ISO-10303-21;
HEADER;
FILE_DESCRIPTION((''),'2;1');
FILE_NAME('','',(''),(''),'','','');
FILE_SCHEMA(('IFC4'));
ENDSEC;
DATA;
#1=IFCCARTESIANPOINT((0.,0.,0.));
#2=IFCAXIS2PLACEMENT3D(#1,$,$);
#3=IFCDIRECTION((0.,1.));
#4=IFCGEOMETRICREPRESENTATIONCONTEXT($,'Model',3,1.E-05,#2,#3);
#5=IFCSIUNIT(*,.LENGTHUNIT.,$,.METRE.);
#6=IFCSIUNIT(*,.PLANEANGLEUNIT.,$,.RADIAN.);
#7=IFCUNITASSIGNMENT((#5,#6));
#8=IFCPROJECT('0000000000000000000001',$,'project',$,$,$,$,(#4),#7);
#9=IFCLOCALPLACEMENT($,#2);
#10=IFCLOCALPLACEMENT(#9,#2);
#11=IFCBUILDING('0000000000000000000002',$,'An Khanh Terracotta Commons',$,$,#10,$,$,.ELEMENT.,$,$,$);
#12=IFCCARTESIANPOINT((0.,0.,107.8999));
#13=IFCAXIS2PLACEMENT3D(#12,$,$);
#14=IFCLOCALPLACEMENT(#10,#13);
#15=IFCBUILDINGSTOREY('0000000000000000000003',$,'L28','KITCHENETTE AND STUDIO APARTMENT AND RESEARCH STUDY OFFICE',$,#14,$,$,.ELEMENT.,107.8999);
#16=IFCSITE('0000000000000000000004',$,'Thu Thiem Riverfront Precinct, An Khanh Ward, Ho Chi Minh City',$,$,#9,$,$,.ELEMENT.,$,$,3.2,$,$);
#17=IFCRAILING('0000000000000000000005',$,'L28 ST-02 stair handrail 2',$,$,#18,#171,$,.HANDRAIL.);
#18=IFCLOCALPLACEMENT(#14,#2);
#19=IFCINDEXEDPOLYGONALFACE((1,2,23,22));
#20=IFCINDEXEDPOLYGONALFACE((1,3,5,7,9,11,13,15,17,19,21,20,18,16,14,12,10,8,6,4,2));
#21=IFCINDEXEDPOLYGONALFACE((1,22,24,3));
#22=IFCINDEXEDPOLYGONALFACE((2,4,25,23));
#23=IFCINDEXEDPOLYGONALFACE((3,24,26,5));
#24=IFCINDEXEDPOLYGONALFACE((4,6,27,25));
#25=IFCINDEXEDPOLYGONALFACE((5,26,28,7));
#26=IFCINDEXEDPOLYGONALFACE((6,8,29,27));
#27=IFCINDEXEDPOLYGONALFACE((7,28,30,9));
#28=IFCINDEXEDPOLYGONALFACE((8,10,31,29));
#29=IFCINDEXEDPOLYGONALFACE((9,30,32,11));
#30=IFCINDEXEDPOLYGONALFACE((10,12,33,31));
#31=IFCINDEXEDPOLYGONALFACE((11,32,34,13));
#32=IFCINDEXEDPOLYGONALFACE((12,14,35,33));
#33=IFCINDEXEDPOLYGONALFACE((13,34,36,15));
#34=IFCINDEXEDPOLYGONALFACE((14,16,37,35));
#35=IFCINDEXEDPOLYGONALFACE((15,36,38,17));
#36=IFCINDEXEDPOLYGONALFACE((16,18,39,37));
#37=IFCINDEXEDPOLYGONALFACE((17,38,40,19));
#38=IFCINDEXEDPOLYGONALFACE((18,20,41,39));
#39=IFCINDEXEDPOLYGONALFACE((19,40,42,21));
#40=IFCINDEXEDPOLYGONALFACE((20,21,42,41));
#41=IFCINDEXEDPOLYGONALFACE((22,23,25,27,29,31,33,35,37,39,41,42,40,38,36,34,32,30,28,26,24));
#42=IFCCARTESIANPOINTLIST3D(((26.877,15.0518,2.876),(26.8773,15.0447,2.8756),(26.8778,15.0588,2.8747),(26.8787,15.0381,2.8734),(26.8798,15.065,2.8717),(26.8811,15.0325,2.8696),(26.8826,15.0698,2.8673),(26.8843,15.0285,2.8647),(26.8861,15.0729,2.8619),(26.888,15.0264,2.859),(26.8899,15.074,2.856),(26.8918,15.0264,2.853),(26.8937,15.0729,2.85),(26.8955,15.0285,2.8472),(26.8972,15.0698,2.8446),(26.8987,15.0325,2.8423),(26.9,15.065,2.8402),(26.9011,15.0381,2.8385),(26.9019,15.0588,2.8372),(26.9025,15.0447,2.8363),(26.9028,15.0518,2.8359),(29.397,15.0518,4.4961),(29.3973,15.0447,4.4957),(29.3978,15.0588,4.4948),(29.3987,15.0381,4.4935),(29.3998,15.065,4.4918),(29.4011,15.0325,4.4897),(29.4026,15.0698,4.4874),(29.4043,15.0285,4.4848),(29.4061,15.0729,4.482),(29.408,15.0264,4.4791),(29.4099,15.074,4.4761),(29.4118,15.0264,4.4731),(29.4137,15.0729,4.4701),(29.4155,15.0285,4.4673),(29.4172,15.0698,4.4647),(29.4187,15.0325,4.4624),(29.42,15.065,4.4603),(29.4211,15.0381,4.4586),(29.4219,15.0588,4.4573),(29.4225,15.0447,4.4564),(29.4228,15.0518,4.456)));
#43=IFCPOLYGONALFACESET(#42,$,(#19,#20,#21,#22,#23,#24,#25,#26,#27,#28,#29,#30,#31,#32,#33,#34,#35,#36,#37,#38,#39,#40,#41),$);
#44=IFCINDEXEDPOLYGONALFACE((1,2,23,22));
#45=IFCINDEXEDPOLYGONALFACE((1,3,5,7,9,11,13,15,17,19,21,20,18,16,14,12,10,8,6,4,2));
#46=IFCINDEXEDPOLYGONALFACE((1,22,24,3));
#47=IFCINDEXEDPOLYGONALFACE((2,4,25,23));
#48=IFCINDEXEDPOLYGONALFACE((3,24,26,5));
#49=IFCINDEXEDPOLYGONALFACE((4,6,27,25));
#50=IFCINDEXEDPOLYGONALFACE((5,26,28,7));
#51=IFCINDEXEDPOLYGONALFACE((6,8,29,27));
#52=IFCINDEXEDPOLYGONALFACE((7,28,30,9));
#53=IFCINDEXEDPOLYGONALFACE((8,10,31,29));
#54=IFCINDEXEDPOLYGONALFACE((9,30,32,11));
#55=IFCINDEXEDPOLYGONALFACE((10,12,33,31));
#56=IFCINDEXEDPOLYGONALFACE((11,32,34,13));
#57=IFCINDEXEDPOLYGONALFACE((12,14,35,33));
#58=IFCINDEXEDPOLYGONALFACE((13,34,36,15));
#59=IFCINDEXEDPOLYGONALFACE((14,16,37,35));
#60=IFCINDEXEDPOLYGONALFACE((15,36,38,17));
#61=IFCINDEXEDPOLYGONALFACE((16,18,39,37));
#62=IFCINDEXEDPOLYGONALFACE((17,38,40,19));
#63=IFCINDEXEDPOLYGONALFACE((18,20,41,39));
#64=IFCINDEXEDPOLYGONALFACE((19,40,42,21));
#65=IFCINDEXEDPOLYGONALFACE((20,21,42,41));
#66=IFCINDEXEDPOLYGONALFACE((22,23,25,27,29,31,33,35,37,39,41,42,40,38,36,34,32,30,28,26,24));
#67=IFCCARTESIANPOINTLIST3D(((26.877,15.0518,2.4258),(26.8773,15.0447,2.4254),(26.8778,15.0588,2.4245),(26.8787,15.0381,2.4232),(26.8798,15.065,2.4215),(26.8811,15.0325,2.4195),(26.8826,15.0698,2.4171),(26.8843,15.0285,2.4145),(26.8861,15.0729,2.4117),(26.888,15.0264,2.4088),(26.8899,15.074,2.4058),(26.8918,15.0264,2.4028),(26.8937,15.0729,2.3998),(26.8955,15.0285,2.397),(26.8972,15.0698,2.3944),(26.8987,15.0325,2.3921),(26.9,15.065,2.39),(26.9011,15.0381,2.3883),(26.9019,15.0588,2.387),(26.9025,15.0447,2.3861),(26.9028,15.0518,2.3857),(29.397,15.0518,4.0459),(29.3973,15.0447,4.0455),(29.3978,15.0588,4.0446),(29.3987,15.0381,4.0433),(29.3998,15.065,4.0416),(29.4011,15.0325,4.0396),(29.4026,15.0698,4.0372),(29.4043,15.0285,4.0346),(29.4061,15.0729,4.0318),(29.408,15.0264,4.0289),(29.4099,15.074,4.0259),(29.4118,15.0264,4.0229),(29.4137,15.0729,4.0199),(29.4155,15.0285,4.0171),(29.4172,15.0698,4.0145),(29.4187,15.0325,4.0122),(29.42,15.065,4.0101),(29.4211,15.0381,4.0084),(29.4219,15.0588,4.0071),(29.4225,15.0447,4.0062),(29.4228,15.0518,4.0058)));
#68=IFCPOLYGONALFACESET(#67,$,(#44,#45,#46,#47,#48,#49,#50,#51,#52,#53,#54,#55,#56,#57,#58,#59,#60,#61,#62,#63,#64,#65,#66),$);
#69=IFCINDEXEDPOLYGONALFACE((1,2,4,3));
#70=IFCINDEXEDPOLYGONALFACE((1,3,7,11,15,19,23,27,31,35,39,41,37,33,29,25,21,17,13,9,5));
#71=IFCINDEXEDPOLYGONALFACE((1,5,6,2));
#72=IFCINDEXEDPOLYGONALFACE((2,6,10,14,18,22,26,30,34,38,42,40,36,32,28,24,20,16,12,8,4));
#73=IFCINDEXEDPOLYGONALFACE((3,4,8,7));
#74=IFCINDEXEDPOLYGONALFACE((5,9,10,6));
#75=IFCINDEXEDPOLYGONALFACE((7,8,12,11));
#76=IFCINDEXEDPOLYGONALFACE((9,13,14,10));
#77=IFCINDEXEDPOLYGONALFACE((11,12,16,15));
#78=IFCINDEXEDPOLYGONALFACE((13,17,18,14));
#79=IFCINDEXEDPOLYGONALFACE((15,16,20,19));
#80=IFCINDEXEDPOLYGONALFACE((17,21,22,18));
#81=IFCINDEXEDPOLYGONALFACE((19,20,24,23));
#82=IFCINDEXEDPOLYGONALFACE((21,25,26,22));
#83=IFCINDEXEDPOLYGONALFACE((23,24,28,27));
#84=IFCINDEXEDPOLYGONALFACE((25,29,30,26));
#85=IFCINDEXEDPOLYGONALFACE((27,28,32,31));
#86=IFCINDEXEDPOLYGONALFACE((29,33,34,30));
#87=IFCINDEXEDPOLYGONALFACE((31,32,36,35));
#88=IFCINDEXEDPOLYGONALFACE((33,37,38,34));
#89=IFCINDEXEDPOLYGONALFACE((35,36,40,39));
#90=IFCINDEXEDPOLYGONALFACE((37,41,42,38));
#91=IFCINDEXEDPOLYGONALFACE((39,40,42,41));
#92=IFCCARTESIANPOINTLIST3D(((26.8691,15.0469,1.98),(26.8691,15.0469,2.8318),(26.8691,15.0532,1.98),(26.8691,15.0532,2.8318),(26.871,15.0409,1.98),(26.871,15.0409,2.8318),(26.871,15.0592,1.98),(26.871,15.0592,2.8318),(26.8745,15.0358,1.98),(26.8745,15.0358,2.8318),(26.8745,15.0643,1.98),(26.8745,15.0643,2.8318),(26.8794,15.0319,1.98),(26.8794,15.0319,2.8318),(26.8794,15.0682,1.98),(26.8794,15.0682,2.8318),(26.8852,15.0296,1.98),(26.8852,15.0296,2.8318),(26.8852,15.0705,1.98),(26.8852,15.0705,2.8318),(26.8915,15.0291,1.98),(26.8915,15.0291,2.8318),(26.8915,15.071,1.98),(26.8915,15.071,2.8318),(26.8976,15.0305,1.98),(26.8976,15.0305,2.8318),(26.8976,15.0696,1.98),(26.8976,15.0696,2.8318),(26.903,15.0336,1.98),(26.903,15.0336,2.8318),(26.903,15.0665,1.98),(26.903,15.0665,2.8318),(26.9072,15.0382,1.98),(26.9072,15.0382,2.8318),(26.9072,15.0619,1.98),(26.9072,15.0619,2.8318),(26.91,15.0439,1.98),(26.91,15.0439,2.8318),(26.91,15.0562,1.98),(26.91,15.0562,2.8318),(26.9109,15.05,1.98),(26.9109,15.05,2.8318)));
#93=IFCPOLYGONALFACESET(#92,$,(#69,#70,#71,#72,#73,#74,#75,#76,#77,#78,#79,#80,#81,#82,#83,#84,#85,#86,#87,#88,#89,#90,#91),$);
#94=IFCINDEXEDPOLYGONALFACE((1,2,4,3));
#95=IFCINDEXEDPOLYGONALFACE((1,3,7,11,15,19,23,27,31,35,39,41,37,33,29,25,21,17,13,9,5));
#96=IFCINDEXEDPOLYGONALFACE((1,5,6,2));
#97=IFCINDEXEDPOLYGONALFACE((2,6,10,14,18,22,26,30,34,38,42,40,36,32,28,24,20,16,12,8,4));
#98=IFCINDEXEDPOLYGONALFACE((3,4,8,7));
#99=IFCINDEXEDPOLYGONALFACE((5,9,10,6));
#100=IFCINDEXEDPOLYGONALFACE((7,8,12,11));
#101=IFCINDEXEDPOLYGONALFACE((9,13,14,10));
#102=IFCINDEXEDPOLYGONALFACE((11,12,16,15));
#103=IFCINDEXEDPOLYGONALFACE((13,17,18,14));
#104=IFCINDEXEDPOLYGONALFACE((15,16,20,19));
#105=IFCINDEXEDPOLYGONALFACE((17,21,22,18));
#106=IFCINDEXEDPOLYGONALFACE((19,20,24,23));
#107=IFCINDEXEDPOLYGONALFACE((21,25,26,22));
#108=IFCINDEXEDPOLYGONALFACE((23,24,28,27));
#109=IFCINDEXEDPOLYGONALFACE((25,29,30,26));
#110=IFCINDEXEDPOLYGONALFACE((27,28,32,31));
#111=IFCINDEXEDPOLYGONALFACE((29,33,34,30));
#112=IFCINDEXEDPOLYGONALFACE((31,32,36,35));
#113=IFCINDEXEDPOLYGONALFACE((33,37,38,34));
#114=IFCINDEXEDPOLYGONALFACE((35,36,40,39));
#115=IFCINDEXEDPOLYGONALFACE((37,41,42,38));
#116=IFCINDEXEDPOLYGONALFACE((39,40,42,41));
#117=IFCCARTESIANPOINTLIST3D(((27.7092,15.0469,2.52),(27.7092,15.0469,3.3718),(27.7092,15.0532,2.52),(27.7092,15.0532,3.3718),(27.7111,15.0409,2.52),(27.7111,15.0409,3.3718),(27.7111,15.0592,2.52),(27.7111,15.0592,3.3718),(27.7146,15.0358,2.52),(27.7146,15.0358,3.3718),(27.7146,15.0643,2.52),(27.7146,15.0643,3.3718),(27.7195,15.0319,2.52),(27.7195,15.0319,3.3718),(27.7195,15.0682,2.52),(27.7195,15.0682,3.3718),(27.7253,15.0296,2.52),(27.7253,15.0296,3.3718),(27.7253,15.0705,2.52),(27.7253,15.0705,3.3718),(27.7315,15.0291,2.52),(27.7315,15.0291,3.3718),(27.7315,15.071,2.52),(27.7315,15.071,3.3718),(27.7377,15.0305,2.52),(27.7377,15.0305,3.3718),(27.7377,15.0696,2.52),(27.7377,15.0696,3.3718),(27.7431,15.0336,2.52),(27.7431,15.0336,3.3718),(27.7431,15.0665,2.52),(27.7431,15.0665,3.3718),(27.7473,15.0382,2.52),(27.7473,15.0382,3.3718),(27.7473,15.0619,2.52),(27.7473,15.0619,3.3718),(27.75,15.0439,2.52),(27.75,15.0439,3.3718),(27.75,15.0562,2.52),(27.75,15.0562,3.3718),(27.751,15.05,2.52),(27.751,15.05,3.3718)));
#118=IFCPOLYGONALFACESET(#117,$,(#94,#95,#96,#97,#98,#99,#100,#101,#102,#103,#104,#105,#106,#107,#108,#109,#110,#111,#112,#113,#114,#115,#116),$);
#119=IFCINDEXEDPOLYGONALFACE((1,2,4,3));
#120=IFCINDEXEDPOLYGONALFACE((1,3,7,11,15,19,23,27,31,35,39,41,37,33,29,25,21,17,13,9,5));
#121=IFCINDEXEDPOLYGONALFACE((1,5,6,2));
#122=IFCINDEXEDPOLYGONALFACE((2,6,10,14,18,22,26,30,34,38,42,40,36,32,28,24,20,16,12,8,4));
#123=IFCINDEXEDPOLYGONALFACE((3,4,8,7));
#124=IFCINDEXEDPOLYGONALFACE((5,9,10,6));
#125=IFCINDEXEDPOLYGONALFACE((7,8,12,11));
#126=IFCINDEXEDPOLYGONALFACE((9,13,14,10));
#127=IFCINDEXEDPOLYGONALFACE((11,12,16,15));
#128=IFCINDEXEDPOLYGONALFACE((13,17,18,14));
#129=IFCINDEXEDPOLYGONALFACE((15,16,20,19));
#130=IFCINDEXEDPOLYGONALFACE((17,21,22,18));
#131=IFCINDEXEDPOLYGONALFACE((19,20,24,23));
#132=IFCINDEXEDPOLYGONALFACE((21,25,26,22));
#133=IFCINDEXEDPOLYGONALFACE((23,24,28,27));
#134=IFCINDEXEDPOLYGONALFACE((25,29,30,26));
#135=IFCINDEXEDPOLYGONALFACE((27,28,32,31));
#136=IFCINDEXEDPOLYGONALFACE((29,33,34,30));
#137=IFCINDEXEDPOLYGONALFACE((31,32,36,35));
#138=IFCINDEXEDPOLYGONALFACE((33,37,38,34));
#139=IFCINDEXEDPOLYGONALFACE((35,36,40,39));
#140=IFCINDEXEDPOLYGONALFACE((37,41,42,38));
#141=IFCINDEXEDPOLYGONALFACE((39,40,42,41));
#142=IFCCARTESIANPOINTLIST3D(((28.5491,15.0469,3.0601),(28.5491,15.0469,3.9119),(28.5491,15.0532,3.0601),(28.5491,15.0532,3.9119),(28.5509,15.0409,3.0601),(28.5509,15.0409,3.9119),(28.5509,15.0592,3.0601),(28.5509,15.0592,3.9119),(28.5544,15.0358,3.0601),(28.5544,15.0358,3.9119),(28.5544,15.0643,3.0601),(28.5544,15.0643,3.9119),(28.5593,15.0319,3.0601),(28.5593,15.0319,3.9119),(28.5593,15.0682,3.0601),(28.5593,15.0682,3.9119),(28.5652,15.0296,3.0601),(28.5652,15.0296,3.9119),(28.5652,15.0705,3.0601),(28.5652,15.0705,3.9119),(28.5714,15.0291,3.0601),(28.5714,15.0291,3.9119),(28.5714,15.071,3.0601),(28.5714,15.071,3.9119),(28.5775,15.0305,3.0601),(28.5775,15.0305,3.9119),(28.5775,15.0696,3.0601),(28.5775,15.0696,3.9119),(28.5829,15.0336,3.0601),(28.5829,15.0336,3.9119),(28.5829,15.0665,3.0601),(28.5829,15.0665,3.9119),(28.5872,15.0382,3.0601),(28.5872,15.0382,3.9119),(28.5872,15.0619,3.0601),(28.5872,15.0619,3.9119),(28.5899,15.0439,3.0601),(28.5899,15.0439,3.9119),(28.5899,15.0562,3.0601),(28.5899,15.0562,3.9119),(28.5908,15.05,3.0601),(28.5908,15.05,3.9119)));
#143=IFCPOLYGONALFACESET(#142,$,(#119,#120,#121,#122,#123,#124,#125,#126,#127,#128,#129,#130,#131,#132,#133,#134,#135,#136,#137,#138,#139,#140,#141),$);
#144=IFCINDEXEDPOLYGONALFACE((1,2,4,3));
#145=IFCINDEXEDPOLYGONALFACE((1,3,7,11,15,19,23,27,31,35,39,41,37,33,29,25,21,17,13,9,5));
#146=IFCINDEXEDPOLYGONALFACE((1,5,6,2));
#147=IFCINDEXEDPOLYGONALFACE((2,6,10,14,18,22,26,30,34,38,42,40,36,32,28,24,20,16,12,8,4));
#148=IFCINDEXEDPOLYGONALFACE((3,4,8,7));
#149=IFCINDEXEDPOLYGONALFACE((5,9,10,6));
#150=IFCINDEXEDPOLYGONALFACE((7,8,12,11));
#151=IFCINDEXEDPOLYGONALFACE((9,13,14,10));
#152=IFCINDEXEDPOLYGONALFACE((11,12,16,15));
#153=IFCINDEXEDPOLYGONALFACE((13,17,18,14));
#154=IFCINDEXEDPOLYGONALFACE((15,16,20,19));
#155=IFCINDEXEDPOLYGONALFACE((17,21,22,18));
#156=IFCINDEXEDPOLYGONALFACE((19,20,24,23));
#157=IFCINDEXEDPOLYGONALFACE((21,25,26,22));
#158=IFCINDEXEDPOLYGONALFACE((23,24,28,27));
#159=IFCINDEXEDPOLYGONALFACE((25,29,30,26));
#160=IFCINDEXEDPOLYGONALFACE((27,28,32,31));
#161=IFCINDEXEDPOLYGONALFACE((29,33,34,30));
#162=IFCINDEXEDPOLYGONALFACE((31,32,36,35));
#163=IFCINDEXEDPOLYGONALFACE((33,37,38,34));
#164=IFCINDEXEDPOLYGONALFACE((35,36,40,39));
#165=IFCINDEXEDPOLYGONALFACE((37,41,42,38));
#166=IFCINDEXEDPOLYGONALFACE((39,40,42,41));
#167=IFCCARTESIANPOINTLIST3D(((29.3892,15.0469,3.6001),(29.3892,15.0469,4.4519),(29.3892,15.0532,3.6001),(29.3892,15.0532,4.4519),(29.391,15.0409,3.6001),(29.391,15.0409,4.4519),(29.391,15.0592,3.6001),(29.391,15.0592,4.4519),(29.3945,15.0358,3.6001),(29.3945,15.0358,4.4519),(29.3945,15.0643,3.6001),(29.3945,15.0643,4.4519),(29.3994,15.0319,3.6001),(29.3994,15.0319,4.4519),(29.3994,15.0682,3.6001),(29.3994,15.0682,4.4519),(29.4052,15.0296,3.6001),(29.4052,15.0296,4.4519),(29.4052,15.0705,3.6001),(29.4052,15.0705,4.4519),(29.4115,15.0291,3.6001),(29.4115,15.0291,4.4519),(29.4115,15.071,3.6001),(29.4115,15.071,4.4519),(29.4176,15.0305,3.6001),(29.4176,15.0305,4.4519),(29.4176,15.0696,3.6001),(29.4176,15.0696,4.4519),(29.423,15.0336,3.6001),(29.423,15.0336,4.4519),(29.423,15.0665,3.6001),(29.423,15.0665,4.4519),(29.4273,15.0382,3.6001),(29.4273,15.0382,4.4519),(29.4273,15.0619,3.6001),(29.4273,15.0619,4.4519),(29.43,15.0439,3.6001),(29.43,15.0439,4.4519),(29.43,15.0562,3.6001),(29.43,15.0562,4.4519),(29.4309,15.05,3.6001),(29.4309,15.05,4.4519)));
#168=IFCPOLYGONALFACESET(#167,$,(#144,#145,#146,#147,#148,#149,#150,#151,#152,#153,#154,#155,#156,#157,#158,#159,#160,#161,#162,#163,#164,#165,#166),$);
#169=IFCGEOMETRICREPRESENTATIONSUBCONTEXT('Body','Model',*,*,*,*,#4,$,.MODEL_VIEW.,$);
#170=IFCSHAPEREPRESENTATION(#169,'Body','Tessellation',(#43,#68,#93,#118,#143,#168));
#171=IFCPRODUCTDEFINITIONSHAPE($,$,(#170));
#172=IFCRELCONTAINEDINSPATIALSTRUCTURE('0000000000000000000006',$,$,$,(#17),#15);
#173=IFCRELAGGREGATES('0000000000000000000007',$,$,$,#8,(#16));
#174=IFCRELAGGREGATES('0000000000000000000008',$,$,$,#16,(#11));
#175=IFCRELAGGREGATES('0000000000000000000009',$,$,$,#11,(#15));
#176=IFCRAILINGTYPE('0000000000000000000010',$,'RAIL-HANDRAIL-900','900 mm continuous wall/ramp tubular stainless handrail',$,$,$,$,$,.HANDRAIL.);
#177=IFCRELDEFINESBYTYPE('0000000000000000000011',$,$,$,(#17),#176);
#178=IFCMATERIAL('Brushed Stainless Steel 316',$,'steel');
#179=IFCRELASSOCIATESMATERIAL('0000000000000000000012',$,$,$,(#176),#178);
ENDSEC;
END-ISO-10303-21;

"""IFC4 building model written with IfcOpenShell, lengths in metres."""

from ifc_helpers import new_model, si_unit, direction, frame, origin, origin_2d, place, context, subcontext, project, spatial, circle, extrude, material, type_object, element, save


model = new_model("IFC4")

# Units and contexts
model_context = context("Model", 3, precision=1e-05, world=origin(), true_north=direction((0.0, 1.0)))
body_context = subcontext(model_context, "Body", "Model", "MODEL_VIEW")
ifc_project = project(units=[si_unit("LENGTHUNIT", "METRE"), si_unit("PLANEANGLEUNIT", "RADIAN")], contexts=[model_context])

# Site, building, storey
site_placement = place(None, origin())
site = spatial("IfcSite", under=ifc_project, at=site_placement, Name="Thu Thiem Riverfront Precinct, An Khanh Ward, Ho Chi Minh City", CompositionType="ELEMENT", RefElevation=3.2)
building_placement = place(site_placement, origin())
building = spatial("IfcBuilding", under=site, at=building_placement, Name="An Khanh Terracotta Commons", CompositionType="ELEMENT")
storey_placement = place(building_placement, frame((0.0, 0.0, 107.8999)))
storey = spatial("IfcBuildingStorey", under=building, at=storey_placement, Name="L28", Description="KITCHENETTE AND STUDIO APARTMENT AND RESEARCH STUDY OFFICE", CompositionType="ELEMENT", Elevation=107.8999)

# Railing
ifc_material_1 = material(Name="Brushed Stainless Steel 316", Category="steel")
railing_type_1 = type_object("IfcRailingType", Name="RAIL-HANDRAIL-900", Description="900 mm continuous wall/ramp tubular stainless handrail", PredefinedType="HANDRAIL", material=ifc_material_1)
railing_1_placement = place(storey_placement, frame((26.8899, 15.05, 1.98)))
element("IfcRailing", 1, at=railing_1_placement, inside=storey, type_object=railing_type_1, Name="L28 ST-02 stair handrail 2", PredefinedType="HANDRAIL", context=body_context, shape_type="SweptSolid", body=[
    extrude(circle(Radius=0.0239, at=origin_2d()), frame((0.0, 0.0, 0.876), z_axis=(0.841163, 0.0, 0.540782), x_axis=(0.0, 1.0, 0.0)), (0.0, 0.0, 1.0), 2.9958),
    extrude(circle(Radius=0.0239, at=origin_2d()), frame((0.0, 0.0, 0.4258), z_axis=(0.841163, 0.0, 0.540782), x_axis=(0.0, 1.0, 0.0)), (0.0, 0.0, 1.0), 2.9958),
    extrude(circle(Radius=0.021, at=origin_2d()), origin(), (0.0, 0.0, 1.0), 0.8518),
    extrude(circle(Radius=0.021, at=origin_2d()), frame((0.8401, 0.0, 0.54)), (0.0, 0.0, 1.0), 0.8518),
    extrude(circle(Radius=0.021, at=origin_2d()), frame((1.6799, 0.0, 1.0801)), (0.0, 0.0, 1.0), 0.8518),
    extrude(circle(Radius=0.021, at=origin_2d()), frame((2.52, 0.0, 1.6201)), (0.0, 0.0, 1.0), 0.8518),
])

save(model, "model.ifc")
